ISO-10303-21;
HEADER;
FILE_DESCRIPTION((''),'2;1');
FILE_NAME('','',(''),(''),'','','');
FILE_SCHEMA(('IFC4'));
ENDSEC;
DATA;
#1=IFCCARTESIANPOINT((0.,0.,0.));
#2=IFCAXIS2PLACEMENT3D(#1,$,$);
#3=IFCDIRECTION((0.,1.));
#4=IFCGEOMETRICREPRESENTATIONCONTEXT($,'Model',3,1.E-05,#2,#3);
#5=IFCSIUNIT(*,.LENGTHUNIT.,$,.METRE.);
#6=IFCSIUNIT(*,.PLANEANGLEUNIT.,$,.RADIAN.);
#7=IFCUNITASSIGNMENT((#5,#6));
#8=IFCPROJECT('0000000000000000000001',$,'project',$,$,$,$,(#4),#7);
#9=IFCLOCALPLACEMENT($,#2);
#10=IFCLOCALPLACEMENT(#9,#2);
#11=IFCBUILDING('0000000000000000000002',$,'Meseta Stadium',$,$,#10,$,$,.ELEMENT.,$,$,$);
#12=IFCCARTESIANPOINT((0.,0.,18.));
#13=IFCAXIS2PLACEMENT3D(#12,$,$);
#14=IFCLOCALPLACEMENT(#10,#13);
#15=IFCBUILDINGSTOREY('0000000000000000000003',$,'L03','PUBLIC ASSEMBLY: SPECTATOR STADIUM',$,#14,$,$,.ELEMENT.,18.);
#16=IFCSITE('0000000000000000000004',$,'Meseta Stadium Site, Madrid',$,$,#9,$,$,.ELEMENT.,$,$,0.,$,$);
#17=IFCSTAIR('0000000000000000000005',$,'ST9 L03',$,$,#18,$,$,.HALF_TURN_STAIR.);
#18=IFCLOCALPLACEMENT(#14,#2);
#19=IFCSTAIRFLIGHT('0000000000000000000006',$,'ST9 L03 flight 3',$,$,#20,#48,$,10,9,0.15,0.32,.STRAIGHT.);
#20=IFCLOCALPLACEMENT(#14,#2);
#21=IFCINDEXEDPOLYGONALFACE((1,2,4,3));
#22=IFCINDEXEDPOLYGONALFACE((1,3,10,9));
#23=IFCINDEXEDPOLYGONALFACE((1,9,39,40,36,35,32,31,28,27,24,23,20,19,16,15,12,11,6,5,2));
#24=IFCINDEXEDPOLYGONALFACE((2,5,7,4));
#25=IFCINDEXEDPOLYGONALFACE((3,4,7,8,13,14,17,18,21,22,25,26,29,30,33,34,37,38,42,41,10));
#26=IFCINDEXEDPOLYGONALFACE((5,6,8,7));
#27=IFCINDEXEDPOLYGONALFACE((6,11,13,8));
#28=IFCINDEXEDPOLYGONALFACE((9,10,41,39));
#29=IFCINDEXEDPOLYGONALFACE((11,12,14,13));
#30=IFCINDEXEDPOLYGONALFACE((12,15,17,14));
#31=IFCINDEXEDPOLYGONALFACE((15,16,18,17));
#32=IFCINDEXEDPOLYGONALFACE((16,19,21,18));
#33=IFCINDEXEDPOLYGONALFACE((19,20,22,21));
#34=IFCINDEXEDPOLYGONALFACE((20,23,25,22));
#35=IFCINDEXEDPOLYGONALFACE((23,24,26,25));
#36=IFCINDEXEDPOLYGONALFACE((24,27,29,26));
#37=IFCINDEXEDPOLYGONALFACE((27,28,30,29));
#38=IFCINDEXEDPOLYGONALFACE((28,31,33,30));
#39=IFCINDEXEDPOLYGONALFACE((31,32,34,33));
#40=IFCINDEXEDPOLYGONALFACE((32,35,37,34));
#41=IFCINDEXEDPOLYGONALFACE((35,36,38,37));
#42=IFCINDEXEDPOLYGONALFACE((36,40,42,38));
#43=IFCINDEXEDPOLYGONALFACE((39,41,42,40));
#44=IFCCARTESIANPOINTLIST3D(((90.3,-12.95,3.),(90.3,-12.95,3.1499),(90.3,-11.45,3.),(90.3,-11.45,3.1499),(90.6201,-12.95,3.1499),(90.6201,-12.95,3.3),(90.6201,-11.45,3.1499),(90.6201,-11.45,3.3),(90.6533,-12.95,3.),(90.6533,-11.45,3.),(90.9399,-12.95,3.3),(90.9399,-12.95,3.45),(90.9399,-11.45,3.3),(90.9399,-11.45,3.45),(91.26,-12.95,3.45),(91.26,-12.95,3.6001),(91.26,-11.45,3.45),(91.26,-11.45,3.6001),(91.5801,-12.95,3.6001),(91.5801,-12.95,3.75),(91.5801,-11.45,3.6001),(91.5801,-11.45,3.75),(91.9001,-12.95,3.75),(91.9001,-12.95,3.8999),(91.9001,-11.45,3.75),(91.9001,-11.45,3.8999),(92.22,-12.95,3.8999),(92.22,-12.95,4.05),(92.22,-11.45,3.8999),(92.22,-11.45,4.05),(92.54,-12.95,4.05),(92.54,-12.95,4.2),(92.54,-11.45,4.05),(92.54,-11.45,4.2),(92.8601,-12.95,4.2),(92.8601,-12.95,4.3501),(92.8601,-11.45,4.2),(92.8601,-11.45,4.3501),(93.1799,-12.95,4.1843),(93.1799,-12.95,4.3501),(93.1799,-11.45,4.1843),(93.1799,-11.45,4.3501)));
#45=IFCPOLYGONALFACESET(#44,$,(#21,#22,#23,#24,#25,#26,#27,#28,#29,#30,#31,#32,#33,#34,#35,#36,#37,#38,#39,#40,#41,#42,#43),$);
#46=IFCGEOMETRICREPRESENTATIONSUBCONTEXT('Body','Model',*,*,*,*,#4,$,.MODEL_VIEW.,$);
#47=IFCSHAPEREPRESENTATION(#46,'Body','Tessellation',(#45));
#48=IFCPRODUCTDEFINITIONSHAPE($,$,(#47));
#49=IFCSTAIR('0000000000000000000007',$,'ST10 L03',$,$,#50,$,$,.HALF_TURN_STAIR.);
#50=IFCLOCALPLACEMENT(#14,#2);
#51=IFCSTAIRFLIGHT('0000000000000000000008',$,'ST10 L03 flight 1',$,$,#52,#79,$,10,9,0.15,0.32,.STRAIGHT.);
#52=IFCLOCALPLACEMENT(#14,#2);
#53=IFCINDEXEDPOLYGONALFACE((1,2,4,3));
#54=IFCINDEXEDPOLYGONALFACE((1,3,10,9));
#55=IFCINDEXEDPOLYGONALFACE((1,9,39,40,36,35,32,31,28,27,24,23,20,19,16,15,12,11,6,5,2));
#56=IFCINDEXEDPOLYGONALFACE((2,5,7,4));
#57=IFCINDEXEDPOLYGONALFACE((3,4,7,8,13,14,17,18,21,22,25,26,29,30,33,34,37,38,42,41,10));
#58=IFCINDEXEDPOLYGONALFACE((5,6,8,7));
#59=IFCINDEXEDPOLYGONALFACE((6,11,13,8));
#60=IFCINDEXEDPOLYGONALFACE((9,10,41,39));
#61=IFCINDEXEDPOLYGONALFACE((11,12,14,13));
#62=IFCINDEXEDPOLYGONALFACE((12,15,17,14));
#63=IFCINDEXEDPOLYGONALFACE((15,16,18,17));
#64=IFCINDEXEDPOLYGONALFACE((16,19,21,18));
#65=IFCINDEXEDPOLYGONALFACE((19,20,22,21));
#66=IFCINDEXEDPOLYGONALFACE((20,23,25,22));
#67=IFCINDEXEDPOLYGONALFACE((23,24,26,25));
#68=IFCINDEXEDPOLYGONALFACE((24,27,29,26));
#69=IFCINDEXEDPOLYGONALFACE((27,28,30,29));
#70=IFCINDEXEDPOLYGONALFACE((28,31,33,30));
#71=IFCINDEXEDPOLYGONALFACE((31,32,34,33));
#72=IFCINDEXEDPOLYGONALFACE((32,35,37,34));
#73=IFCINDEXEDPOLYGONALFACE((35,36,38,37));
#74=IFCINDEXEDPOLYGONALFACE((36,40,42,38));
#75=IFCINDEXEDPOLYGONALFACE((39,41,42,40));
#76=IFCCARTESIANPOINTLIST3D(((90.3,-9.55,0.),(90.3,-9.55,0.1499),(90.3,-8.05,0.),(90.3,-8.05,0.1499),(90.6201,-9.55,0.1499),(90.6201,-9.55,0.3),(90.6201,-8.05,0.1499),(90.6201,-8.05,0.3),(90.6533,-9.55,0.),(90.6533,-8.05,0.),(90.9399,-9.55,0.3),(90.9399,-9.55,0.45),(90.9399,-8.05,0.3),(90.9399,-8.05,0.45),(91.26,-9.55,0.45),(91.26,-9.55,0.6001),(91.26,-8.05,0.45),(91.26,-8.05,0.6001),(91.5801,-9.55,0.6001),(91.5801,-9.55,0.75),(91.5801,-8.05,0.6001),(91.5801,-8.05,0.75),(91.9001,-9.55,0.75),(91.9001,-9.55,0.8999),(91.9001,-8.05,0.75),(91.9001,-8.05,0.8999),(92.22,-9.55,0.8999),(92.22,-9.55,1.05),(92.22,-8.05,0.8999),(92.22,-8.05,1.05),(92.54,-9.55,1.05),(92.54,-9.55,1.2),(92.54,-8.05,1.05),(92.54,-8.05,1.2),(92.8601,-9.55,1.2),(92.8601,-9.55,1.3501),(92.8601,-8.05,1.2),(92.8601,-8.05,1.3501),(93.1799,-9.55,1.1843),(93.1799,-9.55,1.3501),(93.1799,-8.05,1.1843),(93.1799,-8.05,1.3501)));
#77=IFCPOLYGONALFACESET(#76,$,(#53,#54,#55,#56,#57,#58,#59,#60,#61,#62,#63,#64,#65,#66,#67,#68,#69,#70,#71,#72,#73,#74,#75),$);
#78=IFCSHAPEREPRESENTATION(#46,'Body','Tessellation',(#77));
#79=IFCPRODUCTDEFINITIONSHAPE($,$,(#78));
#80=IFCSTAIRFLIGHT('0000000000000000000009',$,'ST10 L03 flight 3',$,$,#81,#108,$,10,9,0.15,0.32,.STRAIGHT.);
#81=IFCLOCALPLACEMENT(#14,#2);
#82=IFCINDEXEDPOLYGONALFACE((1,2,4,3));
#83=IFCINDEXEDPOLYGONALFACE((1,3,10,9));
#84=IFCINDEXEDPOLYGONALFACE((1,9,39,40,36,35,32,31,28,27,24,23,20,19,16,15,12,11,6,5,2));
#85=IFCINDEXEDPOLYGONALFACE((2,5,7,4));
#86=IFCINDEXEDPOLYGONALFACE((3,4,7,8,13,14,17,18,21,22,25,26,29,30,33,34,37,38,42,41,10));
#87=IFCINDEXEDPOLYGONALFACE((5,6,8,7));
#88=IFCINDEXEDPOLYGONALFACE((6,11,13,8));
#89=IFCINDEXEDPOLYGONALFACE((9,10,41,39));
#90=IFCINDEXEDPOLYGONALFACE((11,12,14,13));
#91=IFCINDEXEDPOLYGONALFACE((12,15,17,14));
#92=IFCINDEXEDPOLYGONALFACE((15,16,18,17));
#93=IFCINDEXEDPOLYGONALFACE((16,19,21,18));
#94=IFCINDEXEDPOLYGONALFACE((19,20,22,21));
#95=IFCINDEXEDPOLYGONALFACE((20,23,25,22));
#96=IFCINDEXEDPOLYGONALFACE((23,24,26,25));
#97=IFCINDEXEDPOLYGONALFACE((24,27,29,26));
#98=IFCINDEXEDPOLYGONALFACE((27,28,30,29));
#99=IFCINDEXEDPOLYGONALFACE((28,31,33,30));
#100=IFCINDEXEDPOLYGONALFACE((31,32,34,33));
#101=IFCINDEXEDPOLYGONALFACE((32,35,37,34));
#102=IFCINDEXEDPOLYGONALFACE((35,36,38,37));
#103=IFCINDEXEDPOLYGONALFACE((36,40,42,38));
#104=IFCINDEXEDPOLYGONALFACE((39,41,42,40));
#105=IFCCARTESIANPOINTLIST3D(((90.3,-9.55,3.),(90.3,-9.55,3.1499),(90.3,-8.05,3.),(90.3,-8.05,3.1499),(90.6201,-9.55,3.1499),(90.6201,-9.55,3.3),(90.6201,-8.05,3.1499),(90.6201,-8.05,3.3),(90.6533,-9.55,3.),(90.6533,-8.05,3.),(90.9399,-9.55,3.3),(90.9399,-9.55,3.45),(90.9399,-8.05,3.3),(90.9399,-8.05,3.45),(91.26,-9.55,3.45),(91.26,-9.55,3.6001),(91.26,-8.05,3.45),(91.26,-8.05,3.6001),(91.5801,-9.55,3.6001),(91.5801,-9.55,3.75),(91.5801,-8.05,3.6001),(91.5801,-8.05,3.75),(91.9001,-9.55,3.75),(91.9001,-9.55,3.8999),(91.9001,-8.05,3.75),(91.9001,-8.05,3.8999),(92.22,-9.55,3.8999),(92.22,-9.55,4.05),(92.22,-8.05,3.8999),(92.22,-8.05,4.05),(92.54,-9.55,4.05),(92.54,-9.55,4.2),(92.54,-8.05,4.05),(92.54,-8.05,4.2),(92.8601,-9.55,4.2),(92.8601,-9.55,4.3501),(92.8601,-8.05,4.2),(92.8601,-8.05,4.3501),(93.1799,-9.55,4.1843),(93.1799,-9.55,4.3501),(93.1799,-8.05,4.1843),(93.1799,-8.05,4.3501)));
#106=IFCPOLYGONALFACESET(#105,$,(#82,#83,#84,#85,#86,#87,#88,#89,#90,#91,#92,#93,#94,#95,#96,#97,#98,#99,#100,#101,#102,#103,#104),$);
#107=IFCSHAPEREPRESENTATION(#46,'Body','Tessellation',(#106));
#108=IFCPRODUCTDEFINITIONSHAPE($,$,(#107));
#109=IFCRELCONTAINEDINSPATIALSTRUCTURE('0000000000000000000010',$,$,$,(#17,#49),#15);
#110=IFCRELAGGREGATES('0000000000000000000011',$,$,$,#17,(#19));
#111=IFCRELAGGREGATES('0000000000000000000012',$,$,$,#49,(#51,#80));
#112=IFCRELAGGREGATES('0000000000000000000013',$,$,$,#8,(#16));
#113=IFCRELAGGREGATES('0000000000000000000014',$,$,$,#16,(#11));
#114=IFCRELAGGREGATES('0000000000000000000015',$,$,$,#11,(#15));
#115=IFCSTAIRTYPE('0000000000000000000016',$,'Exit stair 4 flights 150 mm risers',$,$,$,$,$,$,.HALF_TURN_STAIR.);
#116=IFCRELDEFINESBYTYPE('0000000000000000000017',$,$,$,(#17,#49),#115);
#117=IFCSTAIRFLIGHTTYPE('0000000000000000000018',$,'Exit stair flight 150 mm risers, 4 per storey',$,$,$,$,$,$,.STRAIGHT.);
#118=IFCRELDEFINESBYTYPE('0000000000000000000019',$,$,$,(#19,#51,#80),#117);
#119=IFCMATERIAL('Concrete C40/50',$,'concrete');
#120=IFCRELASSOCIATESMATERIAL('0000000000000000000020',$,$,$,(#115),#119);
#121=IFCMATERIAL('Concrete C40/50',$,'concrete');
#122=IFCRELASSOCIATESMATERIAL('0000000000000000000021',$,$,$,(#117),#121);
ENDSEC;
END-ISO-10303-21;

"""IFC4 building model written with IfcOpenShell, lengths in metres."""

from ifc_helpers import new_model, si_unit, direction, frame, origin, place, context, subcontext, project, spatial, polyline, outline, extrude, material, type_object, element, aggregate, save


model = new_model("IFC4")

# Units and contexts
model_context = context("Model", 3, precision=1e-05, world=origin(), true_north=direction((0.0, 1.0)))
body_context = subcontext(model_context, "Body", "Model", "MODEL_VIEW")
ifc_project = project(units=[si_unit("LENGTHUNIT", "METRE"), si_unit("PLANEANGLEUNIT", "RADIAN")], contexts=[model_context])

# Site, building, storey
site_placement = place(None, origin())
site = spatial("IfcSite", under=ifc_project, at=site_placement, Name="Meseta Stadium Site, Madrid", CompositionType="ELEMENT", RefElevation=0.0)
building_placement = place(site_placement, origin())
building = spatial("IfcBuilding", under=site, at=building_placement, Name="Meseta Stadium", CompositionType="ELEMENT")
storey_placement = place(building_placement, frame((0.0, 0.0, 18.0)))
storey = spatial("IfcBuildingStorey", under=building, at=storey_placement, Name="L03", Description="PUBLIC ASSEMBLY: SPECTATOR STADIUM", CompositionType="ELEMENT", Elevation=18.0)

# Stairs, stair flights
ifc_material_1 = material(Name="Concrete C40/50", Category="concrete")
stair_type = type_object("IfcStairType", Name="Exit stair 4 flights 150 mm risers", PredefinedType="HALF_TURN_STAIR", material=ifc_material_1)
stair_1_placement = place(storey_placement, origin())
stair_1 = element("IfcStair", 1, at=stair_1_placement, inside=storey, type_object=stair_type, Name="ST9 L03", PredefinedType="HALF_TURN_STAIR")
ifc_material_2 = material(Name="Concrete C40/50", Category="concrete")
stair_flight_type = type_object("IfcStairFlightType", Name="Exit stair flight 150 mm risers, 4 per storey", PredefinedType="STRAIGHT", material=ifc_material_2)
stair_flight_1_placement = place(storey_placement, frame((90.3, -12.2, 3.0), z_axis=(0.0, 0.0, 1.0), x_axis=(1.0, 0.0, 0.0)))
stair_flight_1 = element("IfcStairFlight", 2, at=stair_flight_1_placement, type_object=stair_flight_type, Name="ST9 L03 flight 3", NumberOfRisers=10, NumberOfTreads=9, PredefinedType="STRAIGHT", RiserHeight=0.15, TreadLength=0.32, context=body_context, shape_type="SweptSolid", body=[
    extrude(outline(polyline([(0.0, 0.0), (0.0, 0.1499), (0.3201, 0.1499), (0.3201, 0.3), (0.6399, 0.3), (0.6399, 0.45), (0.96, 0.45), (0.96, 0.6001), (1.28, 0.6001), (1.28, 0.75), (1.6001, 0.75), (1.6001, 0.8999), (1.9199, 0.8999), (1.9199, 1.05), (2.24, 1.05), (2.24, 1.2), (2.5601, 1.2), (2.5601, 1.3501), (2.8799, 1.3501), (2.8799, 1.1843), (0.3533, 0.0), (0.0, 0.0)])), frame((0.0, 0.75, 0.0), z_axis=(0.0, -1.0, 0.0), x_axis=(1.0, 0.0, 0.0)), (0.0, 0.0, 1.0), 1.5),
])
aggregate(stair_1, [stair_flight_1])
stair_2_placement = place(storey_placement, origin())
stair_2 = element("IfcStair", 3, at=stair_2_placement, inside=storey, type_object=stair_type, Name="ST10 L03", PredefinedType="HALF_TURN_STAIR")
stair_flight_2_placement = place(storey_placement, frame((90.3, -8.8, 0.0), z_axis=(0.0, 0.0, 1.0), x_axis=(1.0, 0.0, 0.0)))
stair_flight_2 = element("IfcStairFlight", 4, at=stair_flight_2_placement, type_object=stair_flight_type, Name="ST10 L03 flight 1", NumberOfRisers=10, NumberOfTreads=9, PredefinedType="STRAIGHT", RiserHeight=0.15, TreadLength=0.32, context=body_context, shape_type="SweptSolid", body=[
    extrude(outline(polyline([(0.0, 0.0), (0.0, 0.1499), (0.3201, 0.1499), (0.3201, 0.3), (0.6399, 0.3), (0.6399, 0.45), (0.96, 0.45), (0.96, 0.6001), (1.28, 0.6001), (1.28, 0.75), (1.6001, 0.75), (1.6001, 0.8999), (1.9199, 0.8999), (1.9199, 1.05), (2.24, 1.05), (2.24, 1.2), (2.5601, 1.2), (2.5601, 1.3501), (2.8799, 1.3501), (2.8799, 1.1843), (0.3533, 0.0), (0.0, 0.0)])), frame((0.0, 0.75, 0.0), z_axis=(0.0, -1.0, 0.0), x_axis=(1.0, 0.0, 0.0)), (0.0, 0.0, 1.0), 1.5),
])
stair_flight_3_placement = place(storey_placement, frame((90.3, -8.8, 3.0), z_axis=(0.0, 0.0, 1.0), x_axis=(1.0, 0.0, 0.0)))
stair_flight_3 = element("IfcStairFlight", 5, at=stair_flight_3_placement, type_object=stair_flight_type, Name="ST10 L03 flight 3", NumberOfRisers=10, NumberOfTreads=9, PredefinedType="STRAIGHT", RiserHeight=0.15, TreadLength=0.32, context=body_context, shape_type="SweptSolid", body=[
    extrude(outline(polyline([(0.0, 0.0), (0.0, 0.1499), (0.3201, 0.1499), (0.3201, 0.3), (0.6399, 0.3), (0.6399, 0.45), (0.96, 0.45), (0.96, 0.6001), (1.28, 0.6001), (1.28, 0.75), (1.6001, 0.75), (1.6001, 0.8999), (1.9199, 0.8999), (1.9199, 1.05), (2.24, 1.05), (2.24, 1.2), (2.5601, 1.2), (2.5601, 1.3501), (2.8799, 1.3501), (2.8799, 1.1843), (0.3533, 0.0), (0.0, 0.0)])), frame((0.0, 0.75, 0.0), z_axis=(0.0, -1.0, 0.0), x_axis=(1.0, 0.0, 0.0)), (0.0, 0.0, 1.0), 1.5),
])
aggregate(stair_2, [stair_flight_2, stair_flight_3])

save(model, "model.ifc")
